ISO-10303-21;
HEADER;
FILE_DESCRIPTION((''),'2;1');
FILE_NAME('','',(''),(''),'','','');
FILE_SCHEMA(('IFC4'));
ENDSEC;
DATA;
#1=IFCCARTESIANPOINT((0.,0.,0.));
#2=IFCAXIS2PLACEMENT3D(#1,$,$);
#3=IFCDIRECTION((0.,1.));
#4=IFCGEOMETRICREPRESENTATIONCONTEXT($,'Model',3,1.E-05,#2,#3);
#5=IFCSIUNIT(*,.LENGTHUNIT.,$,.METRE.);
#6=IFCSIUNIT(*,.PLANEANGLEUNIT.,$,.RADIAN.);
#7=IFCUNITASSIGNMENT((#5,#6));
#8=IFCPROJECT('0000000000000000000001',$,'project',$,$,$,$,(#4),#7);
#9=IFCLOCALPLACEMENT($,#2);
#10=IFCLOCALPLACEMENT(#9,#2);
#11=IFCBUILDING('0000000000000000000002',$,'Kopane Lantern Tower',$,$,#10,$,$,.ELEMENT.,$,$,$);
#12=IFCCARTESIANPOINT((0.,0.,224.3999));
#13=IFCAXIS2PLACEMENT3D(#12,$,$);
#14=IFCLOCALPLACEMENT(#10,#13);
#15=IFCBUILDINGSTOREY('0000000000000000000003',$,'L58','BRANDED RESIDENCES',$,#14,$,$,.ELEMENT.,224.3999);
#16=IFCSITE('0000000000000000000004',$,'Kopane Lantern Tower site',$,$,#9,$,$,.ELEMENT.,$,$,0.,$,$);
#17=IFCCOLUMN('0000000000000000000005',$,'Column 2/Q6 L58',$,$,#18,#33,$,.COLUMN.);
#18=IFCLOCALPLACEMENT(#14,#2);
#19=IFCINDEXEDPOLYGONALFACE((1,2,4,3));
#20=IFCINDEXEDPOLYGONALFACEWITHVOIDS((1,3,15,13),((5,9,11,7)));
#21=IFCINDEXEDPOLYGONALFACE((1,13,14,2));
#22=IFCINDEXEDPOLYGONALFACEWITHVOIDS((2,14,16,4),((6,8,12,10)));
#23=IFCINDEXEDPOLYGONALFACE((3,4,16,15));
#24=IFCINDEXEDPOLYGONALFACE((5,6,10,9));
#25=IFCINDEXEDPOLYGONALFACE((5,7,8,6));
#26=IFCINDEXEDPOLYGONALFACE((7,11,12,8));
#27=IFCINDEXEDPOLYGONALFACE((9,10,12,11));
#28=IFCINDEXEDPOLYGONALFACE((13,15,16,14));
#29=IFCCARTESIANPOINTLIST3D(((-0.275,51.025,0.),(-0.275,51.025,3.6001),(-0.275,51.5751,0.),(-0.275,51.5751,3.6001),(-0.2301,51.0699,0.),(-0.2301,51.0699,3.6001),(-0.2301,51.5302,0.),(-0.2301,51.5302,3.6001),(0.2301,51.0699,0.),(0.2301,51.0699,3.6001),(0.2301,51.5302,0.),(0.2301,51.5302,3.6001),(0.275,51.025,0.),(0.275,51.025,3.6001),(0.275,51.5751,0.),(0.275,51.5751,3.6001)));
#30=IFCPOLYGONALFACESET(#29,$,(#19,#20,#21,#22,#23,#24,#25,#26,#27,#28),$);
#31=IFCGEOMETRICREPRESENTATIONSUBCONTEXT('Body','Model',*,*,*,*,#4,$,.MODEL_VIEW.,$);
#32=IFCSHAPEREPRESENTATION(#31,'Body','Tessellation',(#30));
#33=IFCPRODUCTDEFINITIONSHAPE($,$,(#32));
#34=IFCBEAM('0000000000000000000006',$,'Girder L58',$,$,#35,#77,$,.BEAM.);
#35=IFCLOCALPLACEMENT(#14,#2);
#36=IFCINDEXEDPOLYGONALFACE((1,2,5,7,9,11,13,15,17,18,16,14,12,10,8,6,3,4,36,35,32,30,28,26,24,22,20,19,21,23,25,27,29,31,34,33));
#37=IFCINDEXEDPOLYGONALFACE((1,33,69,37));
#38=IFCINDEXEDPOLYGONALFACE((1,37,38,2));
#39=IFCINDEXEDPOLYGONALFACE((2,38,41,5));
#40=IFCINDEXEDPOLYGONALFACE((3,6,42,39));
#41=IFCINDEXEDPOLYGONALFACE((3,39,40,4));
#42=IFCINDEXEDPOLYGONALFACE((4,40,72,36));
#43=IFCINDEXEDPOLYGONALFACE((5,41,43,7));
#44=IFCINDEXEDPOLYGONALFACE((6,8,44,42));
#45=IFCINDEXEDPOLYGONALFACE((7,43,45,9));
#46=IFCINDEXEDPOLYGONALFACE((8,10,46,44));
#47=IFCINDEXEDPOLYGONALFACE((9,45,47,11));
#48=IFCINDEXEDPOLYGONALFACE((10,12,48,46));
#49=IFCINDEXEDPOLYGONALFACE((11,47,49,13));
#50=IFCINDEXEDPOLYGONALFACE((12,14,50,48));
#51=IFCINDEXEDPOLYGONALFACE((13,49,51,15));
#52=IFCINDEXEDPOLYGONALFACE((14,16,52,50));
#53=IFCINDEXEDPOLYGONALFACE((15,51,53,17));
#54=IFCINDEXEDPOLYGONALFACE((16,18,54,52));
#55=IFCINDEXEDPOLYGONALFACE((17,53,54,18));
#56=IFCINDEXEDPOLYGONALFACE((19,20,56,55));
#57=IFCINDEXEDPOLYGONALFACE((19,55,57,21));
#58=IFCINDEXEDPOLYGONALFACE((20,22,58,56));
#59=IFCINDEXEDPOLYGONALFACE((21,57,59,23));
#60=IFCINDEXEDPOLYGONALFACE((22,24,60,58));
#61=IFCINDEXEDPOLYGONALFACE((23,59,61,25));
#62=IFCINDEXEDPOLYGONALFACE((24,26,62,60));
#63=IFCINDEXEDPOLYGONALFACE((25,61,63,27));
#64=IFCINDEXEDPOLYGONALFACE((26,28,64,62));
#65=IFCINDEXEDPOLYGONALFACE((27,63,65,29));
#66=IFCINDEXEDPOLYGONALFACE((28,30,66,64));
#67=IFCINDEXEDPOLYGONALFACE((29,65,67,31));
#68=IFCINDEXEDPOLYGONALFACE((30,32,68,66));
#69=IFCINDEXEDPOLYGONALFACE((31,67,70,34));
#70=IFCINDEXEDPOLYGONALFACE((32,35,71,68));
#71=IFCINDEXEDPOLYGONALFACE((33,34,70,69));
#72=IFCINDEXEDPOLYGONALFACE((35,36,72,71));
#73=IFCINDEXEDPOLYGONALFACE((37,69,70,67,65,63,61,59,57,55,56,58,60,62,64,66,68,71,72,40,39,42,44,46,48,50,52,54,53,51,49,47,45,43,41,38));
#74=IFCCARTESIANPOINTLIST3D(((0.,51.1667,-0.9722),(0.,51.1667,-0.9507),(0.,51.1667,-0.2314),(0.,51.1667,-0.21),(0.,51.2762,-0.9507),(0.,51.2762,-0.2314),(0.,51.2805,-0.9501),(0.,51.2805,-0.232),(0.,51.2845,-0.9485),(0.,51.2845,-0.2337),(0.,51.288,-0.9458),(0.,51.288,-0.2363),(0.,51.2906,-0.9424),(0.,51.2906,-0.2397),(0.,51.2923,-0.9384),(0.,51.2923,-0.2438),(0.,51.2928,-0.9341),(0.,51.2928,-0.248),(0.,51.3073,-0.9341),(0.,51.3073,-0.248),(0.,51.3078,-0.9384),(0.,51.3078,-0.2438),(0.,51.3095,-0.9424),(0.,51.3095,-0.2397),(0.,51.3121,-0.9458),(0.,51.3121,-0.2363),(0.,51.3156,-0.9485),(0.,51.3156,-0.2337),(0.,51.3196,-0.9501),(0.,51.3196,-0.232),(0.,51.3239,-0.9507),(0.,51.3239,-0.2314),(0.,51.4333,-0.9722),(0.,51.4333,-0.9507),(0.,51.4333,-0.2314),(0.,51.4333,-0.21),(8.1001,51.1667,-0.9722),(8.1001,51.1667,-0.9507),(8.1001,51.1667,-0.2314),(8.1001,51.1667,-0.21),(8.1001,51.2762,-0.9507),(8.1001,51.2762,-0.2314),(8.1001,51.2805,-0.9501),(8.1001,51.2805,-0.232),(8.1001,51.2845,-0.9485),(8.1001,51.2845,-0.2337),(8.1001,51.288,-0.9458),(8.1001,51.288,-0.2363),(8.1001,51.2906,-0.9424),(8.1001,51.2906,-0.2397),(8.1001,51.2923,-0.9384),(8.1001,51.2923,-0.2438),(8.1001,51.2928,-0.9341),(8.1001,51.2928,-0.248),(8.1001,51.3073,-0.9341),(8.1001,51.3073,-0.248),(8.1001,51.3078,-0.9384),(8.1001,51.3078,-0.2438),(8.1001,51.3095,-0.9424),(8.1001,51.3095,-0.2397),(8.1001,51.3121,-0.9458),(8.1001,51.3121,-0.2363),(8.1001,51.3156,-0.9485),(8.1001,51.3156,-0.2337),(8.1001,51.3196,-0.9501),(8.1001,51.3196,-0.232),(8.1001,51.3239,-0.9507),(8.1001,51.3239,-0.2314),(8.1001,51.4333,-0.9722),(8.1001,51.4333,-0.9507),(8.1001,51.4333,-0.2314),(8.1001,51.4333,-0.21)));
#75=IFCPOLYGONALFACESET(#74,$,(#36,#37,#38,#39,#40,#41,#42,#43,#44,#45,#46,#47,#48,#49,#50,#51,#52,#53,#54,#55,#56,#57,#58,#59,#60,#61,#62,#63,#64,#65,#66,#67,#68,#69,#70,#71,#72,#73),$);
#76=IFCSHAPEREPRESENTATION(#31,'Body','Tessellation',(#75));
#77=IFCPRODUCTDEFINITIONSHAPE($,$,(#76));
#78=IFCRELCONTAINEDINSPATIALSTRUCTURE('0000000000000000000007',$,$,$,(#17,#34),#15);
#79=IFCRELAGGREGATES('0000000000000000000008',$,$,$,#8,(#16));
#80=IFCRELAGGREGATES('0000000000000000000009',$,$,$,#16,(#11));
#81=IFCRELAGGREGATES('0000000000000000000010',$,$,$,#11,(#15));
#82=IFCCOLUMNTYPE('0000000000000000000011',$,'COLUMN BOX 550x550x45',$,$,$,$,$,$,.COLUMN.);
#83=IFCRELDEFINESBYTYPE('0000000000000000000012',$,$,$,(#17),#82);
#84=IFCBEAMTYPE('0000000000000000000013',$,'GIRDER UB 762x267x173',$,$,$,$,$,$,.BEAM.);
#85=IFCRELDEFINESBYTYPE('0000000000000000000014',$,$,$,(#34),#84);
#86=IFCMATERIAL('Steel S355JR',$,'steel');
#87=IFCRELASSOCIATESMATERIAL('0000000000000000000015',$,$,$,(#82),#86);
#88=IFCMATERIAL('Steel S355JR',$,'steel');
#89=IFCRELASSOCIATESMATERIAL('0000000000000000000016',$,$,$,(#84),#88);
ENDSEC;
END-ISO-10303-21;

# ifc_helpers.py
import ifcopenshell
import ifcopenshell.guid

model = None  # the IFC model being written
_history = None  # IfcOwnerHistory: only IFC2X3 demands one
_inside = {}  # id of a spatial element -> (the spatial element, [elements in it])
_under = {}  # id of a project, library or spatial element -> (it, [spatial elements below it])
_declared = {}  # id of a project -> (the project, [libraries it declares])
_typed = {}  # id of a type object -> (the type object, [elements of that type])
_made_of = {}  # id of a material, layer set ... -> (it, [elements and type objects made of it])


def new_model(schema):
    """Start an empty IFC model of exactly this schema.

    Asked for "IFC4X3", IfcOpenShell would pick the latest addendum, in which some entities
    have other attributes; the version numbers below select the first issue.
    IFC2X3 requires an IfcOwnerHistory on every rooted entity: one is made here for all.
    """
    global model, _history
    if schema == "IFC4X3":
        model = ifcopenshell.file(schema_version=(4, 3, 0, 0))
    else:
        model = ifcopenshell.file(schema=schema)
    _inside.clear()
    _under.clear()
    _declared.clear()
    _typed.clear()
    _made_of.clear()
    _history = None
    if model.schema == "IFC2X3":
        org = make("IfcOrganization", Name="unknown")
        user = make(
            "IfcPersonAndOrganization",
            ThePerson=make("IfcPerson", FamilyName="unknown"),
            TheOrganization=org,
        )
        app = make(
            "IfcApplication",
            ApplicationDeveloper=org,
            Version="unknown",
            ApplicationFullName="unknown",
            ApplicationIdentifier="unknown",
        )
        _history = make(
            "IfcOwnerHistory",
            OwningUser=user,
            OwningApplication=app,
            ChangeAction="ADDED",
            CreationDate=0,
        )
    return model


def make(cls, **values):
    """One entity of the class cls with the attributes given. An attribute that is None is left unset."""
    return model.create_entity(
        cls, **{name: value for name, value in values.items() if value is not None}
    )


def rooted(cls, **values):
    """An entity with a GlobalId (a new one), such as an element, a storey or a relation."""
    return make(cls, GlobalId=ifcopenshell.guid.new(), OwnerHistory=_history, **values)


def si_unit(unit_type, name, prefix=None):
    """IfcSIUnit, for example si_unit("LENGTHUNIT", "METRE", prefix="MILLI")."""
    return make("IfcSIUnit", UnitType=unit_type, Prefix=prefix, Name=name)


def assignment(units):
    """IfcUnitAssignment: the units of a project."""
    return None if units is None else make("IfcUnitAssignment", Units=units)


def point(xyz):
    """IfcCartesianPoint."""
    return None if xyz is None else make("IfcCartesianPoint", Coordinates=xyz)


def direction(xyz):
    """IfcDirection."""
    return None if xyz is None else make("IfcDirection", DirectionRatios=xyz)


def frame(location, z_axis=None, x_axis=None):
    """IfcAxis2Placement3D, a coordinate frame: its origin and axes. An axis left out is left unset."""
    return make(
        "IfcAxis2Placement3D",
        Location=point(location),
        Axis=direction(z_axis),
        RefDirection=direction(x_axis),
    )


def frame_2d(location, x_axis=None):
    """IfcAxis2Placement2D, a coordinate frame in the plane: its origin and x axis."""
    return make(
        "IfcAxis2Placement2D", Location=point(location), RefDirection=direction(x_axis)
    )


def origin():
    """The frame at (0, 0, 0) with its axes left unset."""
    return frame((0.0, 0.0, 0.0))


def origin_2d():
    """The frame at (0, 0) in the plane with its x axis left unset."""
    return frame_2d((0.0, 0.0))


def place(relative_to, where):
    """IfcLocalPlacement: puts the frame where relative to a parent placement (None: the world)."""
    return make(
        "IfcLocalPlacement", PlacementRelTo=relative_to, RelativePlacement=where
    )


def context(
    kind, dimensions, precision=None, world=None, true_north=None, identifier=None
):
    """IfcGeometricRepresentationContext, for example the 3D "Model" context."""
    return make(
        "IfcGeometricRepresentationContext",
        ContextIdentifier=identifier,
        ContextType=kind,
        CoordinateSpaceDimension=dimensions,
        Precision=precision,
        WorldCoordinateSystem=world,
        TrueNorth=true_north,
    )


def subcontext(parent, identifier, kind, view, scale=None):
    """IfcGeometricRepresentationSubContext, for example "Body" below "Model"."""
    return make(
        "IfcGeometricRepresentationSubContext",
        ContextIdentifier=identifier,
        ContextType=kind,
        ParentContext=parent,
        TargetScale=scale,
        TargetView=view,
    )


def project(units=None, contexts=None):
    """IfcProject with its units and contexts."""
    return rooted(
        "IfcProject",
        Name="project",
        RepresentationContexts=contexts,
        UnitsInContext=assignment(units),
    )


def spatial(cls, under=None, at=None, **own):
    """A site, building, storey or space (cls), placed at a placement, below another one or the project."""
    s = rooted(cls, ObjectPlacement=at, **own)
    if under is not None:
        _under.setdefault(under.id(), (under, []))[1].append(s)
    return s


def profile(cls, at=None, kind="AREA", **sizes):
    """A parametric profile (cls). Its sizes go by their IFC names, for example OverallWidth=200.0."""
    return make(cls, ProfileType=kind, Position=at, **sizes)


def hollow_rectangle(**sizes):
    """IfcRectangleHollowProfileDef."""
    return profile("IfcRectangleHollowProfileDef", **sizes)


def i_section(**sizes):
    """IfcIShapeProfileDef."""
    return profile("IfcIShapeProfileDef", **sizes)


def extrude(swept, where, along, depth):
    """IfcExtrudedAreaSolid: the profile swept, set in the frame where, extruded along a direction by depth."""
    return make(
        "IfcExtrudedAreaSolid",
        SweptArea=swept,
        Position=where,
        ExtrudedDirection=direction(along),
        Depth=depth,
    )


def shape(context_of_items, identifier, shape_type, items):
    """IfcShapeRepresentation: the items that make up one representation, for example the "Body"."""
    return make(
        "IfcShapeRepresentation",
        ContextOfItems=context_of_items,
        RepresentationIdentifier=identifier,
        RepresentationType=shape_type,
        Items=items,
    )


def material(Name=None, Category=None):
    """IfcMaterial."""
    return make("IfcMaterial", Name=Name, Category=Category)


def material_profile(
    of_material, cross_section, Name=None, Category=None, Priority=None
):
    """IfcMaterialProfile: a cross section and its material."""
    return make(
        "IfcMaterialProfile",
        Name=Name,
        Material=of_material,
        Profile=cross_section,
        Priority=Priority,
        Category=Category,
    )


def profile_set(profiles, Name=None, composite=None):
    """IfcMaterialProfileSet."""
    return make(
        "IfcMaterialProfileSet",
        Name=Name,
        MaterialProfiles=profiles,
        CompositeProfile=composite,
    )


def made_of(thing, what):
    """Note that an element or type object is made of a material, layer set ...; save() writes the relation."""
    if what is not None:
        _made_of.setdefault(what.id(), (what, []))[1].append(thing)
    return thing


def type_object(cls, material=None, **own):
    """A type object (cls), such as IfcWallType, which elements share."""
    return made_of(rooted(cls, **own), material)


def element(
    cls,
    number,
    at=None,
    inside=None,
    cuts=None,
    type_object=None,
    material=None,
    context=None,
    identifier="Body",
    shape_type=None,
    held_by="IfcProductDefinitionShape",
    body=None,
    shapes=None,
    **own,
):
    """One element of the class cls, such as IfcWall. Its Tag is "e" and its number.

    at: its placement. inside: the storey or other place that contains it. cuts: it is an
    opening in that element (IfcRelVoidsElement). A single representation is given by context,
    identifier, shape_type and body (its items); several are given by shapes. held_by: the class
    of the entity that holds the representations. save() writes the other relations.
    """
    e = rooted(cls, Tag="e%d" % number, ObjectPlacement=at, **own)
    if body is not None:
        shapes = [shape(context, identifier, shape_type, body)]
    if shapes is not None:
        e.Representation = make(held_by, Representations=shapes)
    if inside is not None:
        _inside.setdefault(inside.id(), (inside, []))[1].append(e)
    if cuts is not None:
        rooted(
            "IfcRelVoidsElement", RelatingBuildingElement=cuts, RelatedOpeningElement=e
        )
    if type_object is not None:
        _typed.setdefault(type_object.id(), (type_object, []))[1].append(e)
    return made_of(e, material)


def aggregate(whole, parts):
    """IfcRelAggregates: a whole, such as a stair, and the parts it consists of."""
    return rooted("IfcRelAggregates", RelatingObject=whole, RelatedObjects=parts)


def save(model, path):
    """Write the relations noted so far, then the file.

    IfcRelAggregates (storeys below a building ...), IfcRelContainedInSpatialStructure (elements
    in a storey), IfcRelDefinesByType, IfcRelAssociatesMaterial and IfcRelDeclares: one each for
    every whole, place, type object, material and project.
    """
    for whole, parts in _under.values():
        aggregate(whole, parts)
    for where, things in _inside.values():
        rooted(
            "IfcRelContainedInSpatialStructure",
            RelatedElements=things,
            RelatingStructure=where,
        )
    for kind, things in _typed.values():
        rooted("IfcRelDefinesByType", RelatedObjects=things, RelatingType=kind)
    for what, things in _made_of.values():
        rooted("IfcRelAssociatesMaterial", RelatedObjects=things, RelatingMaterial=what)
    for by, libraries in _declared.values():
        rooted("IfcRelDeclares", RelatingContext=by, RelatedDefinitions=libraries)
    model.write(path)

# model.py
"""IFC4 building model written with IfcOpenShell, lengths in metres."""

from ifc_helpers import new_model, si_unit, direction, frame, origin, origin_2d, place, context, subcontext, project, spatial, hollow_rectangle, i_section, extrude, material, material_profile, profile_set, type_object, element, save


model = new_model("IFC4")

# Units and contexts
model_context = context("Model", 3, precision=1e-05, world=origin(), true_north=direction((0.0, 1.0)))
body_context = subcontext(model_context, "Body", "Model", "MODEL_VIEW")
ifc_project = project(units=[si_unit("LENGTHUNIT", "METRE"), si_unit("PLANEANGLEUNIT", "RADIAN")], contexts=[model_context])

# Site, building, storey
site_placement = place(None, origin())
site = spatial("IfcSite", under=ifc_project, at=site_placement, Name="Kopane Lantern Tower site", CompositionType="ELEMENT", RefElevation=0.0)
building_placement = place(site_placement, origin())
building = spatial("IfcBuilding", under=site, at=building_placement, Name="Kopane Lantern Tower", CompositionType="ELEMENT")
storey_placement = place(building_placement, frame((0.0, 0.0, 224.3999)))
storey = spatial("IfcBuildingStorey", under=building, at=storey_placement, Name="L58", Description="BRANDED RESIDENCES", CompositionType="ELEMENT", Elevation=224.3999)

# Column
ifc_material_1 = material(Name="Steel S355JR", Category="steel")
ifc_material_profile_1 = material_profile(ifc_material_1, hollow_rectangle(XDim=0.55, YDim=0.55, WallThickness=0.0449, at=origin_2d()), Name="BOX 550x550x45")
ifc_profile_set_1 = profile_set([ifc_material_profile_1], Name="Steel S355JR")
column_type = type_object("IfcColumnType", Name="COLUMN BOX 550x550x45", PredefinedType="COLUMN", material=ifc_profile_set_1)
column_placement = place(storey_placement, frame((0.0, 51.3, 0.0), z_axis=(0.0, 0.0, 1.0), x_axis=(1.0, 0.0, 0.0)))
element("IfcColumn", 1, at=column_placement, inside=storey, type_object=column_type, Name="Column 2/Q6 L58", PredefinedType="COLUMN", context=body_context, shape_type="SweptSolid", body=[
    extrude(hollow_rectangle(XDim=0.55, YDim=0.55, WallThickness=0.0449, at=origin_2d()), origin(), (0.0, 0.0, 1.0), 3.6001),
])

# Beam
ifc_material_2 = material(Name="Steel S355JR", Category="steel")
ifc_material_profile_2 = material_profile(ifc_material_2, i_section(OverallWidth=0.2666, OverallDepth=0.7622, WebThickness=0.0144, FlangeThickness=0.0215, FilletRadius=0.0166, at=origin_2d()), Name="UB 762x267x173")
ifc_profile_set_2 = profile_set([ifc_material_profile_2], Name="Steel S355JR")
beam_type = type_object("IfcBeamType", Name="GIRDER UB 762x267x173", PredefinedType="BEAM", material=ifc_profile_set_2)
beam_placement = place(storey_placement, frame((0.0, 51.3, -0.5911), z_axis=(1.0, 0.0, 0.0), x_axis=(0.0, 1.0, 0.0)))
element("IfcBeam", 2, at=beam_placement, inside=storey, type_object=beam_type, Name="Girder L58", PredefinedType="BEAM", context=body_context, shape_type="SweptSolid", body=[
    extrude(i_section(OverallWidth=0.2666, OverallDepth=0.7622, WebThickness=0.0144, FlangeThickness=0.0215, FilletRadius=0.0166, at=origin_2d()), origin(), (0.0, 0.0, 1.0), 8.1001),
])

save(model, "model.ifc")
